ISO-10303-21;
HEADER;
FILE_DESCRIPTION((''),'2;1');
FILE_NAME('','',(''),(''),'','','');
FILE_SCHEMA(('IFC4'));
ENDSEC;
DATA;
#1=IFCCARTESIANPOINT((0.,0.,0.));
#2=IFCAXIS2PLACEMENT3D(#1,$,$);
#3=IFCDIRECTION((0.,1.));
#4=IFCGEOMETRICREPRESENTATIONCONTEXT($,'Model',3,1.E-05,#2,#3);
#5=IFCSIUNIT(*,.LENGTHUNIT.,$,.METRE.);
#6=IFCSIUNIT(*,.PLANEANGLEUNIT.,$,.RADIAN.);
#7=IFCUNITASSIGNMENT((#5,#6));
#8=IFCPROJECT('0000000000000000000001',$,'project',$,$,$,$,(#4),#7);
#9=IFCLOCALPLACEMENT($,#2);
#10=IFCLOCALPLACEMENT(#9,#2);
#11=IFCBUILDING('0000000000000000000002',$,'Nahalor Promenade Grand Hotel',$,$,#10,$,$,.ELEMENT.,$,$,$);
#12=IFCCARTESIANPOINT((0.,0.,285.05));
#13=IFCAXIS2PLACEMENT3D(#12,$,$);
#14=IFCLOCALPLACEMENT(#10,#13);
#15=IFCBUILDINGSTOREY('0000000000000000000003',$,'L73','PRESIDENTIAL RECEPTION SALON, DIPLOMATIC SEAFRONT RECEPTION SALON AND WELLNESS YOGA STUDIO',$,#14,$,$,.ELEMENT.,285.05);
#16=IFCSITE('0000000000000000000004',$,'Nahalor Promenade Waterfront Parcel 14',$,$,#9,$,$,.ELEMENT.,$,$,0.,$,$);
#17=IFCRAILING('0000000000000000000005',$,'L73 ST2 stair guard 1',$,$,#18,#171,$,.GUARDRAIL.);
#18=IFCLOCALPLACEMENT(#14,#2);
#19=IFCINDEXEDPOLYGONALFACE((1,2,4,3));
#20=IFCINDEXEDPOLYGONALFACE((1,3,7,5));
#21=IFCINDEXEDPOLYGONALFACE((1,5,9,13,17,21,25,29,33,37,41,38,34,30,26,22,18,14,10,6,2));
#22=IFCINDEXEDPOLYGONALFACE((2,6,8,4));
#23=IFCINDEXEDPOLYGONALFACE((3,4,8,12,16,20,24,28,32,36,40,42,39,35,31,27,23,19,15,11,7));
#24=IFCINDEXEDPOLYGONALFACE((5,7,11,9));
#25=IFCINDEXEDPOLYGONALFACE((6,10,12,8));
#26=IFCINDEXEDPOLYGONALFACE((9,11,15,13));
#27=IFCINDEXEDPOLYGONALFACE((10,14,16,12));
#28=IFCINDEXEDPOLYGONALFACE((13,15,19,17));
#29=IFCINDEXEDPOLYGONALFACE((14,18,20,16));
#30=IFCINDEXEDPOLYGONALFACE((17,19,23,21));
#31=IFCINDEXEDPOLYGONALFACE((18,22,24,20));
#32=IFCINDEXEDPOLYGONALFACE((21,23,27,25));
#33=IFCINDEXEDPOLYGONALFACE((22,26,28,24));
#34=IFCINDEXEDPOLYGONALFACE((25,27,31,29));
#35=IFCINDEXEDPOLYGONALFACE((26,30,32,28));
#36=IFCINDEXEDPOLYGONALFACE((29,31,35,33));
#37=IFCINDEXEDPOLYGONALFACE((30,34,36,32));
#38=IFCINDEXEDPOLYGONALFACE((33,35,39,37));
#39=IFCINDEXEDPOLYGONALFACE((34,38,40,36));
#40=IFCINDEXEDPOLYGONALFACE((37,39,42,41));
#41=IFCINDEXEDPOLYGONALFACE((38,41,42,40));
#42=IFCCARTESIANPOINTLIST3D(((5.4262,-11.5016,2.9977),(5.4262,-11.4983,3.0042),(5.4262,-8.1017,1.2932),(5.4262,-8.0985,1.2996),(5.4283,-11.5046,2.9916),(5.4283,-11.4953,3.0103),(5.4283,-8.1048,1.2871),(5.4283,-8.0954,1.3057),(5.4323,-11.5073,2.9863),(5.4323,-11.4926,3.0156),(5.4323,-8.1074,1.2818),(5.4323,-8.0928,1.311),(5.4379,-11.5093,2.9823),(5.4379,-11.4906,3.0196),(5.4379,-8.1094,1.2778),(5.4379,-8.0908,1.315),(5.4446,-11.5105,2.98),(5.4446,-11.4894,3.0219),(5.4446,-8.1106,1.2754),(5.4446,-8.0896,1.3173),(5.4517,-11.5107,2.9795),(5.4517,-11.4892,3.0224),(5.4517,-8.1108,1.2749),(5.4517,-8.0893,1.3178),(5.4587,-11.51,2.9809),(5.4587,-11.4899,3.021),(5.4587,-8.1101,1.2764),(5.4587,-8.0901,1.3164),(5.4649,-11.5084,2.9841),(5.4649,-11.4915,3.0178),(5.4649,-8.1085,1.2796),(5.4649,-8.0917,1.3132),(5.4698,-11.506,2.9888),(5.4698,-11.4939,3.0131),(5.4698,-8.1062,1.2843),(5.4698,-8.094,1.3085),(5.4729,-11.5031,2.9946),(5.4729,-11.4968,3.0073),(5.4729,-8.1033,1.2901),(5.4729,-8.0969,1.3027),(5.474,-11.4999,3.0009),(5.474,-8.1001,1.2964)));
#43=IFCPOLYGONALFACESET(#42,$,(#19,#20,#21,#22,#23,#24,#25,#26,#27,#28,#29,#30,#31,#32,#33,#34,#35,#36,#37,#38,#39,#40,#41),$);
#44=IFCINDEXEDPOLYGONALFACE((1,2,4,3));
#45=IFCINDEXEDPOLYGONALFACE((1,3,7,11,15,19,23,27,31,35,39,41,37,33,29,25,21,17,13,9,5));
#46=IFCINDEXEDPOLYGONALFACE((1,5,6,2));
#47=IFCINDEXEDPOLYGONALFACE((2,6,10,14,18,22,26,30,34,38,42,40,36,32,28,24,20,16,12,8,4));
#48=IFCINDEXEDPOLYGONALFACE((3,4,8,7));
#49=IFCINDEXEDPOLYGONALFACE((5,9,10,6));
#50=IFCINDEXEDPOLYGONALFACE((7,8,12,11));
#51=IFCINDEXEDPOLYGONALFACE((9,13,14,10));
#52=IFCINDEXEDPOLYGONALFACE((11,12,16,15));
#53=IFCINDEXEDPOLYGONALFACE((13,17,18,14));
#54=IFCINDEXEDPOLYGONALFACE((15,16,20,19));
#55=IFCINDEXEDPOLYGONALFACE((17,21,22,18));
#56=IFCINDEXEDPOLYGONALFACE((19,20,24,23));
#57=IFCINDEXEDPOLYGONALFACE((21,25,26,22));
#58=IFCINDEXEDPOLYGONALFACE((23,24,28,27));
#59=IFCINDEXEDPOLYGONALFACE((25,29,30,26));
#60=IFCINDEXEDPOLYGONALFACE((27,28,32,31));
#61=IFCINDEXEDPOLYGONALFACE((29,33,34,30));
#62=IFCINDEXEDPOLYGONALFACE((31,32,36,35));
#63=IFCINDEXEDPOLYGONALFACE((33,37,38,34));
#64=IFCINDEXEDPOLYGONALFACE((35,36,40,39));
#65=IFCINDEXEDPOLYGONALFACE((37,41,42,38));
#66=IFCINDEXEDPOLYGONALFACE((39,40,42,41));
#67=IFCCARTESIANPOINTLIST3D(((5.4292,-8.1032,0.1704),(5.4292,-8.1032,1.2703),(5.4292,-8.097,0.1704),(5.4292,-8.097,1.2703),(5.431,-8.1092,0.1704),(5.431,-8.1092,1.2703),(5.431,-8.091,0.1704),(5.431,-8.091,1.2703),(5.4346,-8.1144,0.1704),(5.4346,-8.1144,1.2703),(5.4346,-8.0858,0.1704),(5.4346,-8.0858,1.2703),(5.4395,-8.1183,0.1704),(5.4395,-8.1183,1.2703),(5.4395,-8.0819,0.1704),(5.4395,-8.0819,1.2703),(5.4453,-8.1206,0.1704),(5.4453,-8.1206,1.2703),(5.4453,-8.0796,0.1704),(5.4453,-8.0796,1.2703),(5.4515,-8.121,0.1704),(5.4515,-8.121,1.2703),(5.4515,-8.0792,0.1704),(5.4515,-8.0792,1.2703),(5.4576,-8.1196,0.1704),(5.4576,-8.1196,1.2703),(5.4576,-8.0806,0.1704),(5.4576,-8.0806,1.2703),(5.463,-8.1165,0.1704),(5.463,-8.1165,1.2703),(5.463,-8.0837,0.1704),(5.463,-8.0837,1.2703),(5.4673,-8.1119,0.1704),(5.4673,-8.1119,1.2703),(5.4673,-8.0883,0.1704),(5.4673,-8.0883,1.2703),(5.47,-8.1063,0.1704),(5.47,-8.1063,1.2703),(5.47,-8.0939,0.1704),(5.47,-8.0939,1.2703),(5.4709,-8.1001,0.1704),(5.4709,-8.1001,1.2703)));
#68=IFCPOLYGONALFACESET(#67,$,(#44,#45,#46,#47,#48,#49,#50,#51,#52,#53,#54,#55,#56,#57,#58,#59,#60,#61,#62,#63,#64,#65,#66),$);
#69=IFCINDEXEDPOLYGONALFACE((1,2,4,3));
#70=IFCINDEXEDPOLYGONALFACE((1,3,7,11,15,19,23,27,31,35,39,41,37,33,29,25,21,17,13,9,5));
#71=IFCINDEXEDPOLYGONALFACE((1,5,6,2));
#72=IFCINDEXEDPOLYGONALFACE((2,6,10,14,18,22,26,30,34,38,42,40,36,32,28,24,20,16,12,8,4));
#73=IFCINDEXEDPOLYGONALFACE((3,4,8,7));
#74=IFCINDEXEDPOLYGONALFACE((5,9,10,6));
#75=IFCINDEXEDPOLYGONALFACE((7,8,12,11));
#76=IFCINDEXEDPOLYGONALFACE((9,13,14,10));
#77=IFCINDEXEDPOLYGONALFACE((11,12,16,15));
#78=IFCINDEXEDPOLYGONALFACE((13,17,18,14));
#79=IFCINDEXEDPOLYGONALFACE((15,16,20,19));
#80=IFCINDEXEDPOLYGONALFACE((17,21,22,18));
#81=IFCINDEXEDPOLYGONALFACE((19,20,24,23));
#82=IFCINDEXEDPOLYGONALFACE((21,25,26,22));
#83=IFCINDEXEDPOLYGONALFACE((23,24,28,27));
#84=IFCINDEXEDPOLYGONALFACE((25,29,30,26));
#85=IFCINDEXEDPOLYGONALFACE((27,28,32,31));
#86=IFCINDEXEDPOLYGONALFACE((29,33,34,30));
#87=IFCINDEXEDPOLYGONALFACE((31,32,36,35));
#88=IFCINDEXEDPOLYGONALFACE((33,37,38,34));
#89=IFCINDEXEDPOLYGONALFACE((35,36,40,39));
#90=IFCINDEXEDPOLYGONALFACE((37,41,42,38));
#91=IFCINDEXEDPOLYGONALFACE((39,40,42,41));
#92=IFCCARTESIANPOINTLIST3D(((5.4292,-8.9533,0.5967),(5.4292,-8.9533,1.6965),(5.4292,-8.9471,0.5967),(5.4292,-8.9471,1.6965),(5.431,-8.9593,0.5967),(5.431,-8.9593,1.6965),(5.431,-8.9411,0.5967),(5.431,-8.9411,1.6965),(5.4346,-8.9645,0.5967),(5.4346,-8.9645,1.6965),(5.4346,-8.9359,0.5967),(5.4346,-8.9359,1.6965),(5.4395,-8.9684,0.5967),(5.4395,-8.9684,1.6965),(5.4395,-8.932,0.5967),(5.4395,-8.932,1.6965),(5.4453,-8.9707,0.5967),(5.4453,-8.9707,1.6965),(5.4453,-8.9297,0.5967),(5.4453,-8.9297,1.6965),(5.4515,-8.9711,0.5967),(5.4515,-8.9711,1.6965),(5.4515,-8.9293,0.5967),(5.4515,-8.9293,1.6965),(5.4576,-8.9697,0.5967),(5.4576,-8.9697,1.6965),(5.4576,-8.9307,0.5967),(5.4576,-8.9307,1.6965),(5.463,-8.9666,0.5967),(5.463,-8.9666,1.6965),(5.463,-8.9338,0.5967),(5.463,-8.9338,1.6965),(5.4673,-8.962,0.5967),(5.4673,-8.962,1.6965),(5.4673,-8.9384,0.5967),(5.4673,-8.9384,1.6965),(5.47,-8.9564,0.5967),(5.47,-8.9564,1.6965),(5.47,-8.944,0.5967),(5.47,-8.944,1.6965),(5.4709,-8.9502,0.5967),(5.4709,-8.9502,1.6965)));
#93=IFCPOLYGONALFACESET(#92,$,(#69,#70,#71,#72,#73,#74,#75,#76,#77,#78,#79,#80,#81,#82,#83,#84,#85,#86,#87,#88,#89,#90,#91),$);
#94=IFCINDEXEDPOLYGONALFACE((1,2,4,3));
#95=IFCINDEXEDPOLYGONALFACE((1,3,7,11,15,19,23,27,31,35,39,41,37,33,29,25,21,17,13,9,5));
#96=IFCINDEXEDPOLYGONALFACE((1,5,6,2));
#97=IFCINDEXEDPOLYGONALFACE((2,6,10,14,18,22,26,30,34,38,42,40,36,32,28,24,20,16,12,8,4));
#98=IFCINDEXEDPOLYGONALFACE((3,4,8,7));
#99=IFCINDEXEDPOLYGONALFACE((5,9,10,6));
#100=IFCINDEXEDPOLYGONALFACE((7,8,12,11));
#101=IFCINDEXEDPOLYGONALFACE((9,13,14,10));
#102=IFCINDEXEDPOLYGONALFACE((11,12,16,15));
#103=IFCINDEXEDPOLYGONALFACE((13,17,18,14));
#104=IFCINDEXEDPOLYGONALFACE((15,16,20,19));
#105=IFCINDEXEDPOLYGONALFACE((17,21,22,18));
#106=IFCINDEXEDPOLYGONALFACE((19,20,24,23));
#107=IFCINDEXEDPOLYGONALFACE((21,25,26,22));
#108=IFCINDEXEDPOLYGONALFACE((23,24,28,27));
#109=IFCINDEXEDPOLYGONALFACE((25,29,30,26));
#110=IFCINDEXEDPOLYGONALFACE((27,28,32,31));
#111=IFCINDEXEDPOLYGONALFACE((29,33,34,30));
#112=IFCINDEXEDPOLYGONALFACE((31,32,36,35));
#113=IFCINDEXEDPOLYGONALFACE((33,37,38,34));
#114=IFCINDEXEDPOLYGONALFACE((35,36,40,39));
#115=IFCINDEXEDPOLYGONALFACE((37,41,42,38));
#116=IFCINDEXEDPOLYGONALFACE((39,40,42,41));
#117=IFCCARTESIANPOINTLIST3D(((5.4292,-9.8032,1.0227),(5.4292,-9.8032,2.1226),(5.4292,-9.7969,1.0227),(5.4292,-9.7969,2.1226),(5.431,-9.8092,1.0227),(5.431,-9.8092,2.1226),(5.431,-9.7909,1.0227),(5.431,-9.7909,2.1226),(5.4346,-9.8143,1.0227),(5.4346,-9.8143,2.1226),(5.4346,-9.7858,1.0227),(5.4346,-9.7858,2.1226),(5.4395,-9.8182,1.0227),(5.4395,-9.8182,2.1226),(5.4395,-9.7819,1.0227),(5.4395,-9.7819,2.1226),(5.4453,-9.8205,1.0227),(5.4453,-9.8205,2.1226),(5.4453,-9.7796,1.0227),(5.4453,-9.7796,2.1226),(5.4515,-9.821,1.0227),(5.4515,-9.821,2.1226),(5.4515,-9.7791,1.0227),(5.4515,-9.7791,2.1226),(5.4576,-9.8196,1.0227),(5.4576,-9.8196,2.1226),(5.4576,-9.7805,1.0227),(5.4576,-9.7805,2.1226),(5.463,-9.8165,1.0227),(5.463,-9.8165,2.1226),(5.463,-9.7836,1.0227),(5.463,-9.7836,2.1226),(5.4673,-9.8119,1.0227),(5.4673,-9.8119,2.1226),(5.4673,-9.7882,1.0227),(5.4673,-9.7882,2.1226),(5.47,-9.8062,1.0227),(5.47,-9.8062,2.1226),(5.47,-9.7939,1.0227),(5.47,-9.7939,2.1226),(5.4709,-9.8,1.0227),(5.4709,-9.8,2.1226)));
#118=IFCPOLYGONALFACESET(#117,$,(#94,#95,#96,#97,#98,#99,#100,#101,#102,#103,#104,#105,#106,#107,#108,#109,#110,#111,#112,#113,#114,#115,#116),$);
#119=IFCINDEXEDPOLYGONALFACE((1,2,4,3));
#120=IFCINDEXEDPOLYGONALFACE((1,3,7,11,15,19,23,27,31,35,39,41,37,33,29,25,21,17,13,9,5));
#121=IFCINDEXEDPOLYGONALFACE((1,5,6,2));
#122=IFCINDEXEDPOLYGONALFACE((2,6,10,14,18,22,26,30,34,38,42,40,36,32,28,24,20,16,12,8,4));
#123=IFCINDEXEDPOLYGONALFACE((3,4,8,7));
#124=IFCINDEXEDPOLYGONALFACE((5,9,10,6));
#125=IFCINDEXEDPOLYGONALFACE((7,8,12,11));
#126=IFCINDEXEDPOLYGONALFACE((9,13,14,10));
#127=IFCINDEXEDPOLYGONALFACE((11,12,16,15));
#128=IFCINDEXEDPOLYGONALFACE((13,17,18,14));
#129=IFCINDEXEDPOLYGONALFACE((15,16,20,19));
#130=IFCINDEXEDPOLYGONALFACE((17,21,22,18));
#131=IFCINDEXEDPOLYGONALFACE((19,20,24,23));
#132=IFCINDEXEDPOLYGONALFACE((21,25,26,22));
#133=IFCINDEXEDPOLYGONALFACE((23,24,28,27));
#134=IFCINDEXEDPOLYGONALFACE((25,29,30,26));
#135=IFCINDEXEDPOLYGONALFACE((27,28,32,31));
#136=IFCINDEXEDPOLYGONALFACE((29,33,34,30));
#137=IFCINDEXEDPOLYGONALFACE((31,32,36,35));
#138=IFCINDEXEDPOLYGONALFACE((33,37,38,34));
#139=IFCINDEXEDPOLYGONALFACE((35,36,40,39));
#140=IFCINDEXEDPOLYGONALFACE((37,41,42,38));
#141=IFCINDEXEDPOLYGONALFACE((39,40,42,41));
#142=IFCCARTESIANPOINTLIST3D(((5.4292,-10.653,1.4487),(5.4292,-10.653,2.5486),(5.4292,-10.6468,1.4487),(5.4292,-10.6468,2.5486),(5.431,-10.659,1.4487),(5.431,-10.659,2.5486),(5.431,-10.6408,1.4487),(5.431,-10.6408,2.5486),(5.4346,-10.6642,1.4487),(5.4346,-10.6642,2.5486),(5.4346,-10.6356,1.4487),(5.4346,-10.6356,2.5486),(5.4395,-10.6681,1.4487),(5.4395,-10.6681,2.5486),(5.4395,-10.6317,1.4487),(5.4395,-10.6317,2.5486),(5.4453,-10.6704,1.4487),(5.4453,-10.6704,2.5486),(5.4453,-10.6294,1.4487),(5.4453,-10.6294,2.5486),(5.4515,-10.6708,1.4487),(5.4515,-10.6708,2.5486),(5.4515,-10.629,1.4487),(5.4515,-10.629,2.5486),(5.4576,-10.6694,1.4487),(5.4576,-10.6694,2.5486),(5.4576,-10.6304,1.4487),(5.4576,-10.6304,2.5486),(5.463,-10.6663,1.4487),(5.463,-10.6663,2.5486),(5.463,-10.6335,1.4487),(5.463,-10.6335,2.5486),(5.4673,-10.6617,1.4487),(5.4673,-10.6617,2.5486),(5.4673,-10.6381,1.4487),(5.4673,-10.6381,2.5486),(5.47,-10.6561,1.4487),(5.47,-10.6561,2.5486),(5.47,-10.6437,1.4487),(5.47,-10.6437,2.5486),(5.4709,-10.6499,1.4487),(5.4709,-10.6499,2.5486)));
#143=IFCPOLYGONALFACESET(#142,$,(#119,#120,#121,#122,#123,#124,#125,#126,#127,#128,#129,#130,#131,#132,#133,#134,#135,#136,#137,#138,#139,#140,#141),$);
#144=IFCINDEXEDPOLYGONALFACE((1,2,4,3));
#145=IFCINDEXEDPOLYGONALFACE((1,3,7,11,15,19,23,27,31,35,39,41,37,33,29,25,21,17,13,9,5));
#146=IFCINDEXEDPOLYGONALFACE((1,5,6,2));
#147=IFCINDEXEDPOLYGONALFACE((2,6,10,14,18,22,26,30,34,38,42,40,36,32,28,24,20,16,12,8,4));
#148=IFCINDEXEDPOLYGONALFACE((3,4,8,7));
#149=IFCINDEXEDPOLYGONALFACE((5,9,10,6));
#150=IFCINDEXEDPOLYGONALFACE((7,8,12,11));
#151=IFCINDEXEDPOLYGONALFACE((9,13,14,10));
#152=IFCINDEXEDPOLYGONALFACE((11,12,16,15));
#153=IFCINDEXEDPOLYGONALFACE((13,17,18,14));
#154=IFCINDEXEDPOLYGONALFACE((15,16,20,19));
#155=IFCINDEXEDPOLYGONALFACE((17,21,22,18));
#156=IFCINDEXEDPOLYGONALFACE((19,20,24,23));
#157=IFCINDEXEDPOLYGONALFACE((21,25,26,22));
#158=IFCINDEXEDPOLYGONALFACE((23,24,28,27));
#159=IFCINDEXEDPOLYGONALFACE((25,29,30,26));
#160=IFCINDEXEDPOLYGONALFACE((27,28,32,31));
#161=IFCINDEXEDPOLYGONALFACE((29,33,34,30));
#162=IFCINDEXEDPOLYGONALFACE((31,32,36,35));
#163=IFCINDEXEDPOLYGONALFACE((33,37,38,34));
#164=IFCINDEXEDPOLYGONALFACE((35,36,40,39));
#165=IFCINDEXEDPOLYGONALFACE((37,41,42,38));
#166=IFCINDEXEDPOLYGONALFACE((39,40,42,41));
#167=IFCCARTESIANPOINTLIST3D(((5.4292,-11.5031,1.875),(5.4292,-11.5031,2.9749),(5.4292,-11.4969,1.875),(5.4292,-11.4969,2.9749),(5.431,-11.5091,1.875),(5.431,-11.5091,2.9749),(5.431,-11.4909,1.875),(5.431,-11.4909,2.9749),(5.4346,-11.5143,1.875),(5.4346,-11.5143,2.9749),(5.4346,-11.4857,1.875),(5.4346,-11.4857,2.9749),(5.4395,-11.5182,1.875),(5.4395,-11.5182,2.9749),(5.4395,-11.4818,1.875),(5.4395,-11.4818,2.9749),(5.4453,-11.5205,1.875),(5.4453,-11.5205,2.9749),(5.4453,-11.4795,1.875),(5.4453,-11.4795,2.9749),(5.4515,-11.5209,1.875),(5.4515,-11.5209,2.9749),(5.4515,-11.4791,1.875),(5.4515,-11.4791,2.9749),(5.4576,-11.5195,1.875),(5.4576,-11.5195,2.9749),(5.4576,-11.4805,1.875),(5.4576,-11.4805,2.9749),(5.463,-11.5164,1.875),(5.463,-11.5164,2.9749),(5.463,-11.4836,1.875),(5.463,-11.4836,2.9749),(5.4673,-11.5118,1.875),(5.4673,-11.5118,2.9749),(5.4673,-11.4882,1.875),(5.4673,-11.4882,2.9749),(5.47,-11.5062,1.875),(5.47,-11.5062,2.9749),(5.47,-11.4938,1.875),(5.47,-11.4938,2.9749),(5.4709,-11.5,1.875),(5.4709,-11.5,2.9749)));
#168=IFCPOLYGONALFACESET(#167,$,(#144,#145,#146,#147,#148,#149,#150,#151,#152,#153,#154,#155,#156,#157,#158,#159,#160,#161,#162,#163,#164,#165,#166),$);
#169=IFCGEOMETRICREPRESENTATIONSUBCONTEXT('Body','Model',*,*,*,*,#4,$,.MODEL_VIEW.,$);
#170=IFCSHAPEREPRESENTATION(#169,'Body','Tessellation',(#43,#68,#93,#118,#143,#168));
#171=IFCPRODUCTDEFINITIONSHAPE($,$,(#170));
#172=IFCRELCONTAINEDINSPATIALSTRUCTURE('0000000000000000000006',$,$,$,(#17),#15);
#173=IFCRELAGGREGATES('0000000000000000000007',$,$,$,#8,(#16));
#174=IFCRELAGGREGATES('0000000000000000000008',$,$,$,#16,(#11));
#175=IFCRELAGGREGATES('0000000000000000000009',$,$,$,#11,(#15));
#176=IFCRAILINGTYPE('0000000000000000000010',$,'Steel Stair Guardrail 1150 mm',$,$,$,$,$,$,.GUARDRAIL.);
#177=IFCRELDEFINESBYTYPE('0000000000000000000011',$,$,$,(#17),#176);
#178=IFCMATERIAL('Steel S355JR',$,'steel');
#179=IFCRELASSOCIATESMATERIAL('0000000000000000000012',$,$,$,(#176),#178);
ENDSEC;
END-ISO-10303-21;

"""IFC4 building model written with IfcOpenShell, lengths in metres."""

from ifc_helpers import new_model, si_unit, direction, frame, origin, origin_2d, place, context, subcontext, project, spatial, circle, extrude, material, type_object, element, save


model = new_model("IFC4")

# Units and contexts
model_context = context("Model", 3, precision=1e-05, world=origin(), true_north=direction((0.0, 1.0)))
body_context = subcontext(model_context, "Body", "Model", "MODEL_VIEW")
ifc_project = project(units=[si_unit("LENGTHUNIT", "METRE"), si_unit("PLANEANGLEUNIT", "RADIAN")], contexts=[model_context])

# Site, building, storey
site_placement = place(None, origin())
site = spatial("IfcSite", under=ifc_project, at=site_placement, Name="Nahalor Promenade Waterfront Parcel 14", CompositionType="ELEMENT", RefElevation=0.0)
building_placement = place(site_placement, origin())
building = spatial("IfcBuilding", under=site, at=building_placement, Name="Nahalor Promenade Grand Hotel", CompositionType="ELEMENT")
storey_placement = place(building_placement, frame((0.0, 0.0, 285.05)))
storey = spatial("IfcBuildingStorey", under=building, at=storey_placement, Name="L73", Description="PRESIDENTIAL RECEPTION SALON, DIPLOMATIC SEAFRONT RECEPTION SALON AND WELLNESS YOGA STUDIO", CompositionType="ELEMENT", Elevation=285.05)

# Shared definitions
ifc_material_1 = material(Name="Steel S355JR", Category="steel")

# Railing
railing_type_1 = type_object("IfcRailingType", Name="Steel Stair Guardrail 1150 mm", PredefinedType="GUARDRAIL", material=ifc_material_1)
railing_1_placement = place(storey_placement, frame((5.45, -8.1001, 0.1704)))
element("IfcRailing", 1, at=railing_1_placement, inside=storey, type_object=railing_type_1, Name="L73 ST2 stair guard 1", PredefinedType="GUARDRAIL", context=body_context, shape_type="SweptSolid", body=[
    extrude(circle(Radius=0.024, at=origin_2d()), frame((0.0, 0.0, 1.126), z_axis=(0.0, -0.893939, 0.448189), x_axis=(1.0, 0.0, 0.0)), (0.0, 0.0, 1.0), 3.8032),
    extrude(circle(Radius=0.021, at=origin_2d()), origin(), (0.0, 0.0, 1.0), 1.0999),
    extrude(circle(Radius=0.021, at=origin_2d()), frame((0.0, -0.8501, 0.4263)), (0.0, 0.0, 1.0), 1.0999),
    extrude(circle(Radius=0.021, at=origin_2d()), frame((0.0, -1.7, 0.8523)), (0.0, 0.0, 1.0), 1.0999),
    extrude(circle(Radius=0.021, at=origin_2d()), frame((0.0, -2.5498, 1.2783)), (0.0, 0.0, 1.0), 1.0999),
    extrude(circle(Radius=0.021, at=origin_2d()), frame((0.0, -3.3999, 1.7046)), (0.0, 0.0, 1.0), 1.0999),
])

save(model, "model.ifc")
